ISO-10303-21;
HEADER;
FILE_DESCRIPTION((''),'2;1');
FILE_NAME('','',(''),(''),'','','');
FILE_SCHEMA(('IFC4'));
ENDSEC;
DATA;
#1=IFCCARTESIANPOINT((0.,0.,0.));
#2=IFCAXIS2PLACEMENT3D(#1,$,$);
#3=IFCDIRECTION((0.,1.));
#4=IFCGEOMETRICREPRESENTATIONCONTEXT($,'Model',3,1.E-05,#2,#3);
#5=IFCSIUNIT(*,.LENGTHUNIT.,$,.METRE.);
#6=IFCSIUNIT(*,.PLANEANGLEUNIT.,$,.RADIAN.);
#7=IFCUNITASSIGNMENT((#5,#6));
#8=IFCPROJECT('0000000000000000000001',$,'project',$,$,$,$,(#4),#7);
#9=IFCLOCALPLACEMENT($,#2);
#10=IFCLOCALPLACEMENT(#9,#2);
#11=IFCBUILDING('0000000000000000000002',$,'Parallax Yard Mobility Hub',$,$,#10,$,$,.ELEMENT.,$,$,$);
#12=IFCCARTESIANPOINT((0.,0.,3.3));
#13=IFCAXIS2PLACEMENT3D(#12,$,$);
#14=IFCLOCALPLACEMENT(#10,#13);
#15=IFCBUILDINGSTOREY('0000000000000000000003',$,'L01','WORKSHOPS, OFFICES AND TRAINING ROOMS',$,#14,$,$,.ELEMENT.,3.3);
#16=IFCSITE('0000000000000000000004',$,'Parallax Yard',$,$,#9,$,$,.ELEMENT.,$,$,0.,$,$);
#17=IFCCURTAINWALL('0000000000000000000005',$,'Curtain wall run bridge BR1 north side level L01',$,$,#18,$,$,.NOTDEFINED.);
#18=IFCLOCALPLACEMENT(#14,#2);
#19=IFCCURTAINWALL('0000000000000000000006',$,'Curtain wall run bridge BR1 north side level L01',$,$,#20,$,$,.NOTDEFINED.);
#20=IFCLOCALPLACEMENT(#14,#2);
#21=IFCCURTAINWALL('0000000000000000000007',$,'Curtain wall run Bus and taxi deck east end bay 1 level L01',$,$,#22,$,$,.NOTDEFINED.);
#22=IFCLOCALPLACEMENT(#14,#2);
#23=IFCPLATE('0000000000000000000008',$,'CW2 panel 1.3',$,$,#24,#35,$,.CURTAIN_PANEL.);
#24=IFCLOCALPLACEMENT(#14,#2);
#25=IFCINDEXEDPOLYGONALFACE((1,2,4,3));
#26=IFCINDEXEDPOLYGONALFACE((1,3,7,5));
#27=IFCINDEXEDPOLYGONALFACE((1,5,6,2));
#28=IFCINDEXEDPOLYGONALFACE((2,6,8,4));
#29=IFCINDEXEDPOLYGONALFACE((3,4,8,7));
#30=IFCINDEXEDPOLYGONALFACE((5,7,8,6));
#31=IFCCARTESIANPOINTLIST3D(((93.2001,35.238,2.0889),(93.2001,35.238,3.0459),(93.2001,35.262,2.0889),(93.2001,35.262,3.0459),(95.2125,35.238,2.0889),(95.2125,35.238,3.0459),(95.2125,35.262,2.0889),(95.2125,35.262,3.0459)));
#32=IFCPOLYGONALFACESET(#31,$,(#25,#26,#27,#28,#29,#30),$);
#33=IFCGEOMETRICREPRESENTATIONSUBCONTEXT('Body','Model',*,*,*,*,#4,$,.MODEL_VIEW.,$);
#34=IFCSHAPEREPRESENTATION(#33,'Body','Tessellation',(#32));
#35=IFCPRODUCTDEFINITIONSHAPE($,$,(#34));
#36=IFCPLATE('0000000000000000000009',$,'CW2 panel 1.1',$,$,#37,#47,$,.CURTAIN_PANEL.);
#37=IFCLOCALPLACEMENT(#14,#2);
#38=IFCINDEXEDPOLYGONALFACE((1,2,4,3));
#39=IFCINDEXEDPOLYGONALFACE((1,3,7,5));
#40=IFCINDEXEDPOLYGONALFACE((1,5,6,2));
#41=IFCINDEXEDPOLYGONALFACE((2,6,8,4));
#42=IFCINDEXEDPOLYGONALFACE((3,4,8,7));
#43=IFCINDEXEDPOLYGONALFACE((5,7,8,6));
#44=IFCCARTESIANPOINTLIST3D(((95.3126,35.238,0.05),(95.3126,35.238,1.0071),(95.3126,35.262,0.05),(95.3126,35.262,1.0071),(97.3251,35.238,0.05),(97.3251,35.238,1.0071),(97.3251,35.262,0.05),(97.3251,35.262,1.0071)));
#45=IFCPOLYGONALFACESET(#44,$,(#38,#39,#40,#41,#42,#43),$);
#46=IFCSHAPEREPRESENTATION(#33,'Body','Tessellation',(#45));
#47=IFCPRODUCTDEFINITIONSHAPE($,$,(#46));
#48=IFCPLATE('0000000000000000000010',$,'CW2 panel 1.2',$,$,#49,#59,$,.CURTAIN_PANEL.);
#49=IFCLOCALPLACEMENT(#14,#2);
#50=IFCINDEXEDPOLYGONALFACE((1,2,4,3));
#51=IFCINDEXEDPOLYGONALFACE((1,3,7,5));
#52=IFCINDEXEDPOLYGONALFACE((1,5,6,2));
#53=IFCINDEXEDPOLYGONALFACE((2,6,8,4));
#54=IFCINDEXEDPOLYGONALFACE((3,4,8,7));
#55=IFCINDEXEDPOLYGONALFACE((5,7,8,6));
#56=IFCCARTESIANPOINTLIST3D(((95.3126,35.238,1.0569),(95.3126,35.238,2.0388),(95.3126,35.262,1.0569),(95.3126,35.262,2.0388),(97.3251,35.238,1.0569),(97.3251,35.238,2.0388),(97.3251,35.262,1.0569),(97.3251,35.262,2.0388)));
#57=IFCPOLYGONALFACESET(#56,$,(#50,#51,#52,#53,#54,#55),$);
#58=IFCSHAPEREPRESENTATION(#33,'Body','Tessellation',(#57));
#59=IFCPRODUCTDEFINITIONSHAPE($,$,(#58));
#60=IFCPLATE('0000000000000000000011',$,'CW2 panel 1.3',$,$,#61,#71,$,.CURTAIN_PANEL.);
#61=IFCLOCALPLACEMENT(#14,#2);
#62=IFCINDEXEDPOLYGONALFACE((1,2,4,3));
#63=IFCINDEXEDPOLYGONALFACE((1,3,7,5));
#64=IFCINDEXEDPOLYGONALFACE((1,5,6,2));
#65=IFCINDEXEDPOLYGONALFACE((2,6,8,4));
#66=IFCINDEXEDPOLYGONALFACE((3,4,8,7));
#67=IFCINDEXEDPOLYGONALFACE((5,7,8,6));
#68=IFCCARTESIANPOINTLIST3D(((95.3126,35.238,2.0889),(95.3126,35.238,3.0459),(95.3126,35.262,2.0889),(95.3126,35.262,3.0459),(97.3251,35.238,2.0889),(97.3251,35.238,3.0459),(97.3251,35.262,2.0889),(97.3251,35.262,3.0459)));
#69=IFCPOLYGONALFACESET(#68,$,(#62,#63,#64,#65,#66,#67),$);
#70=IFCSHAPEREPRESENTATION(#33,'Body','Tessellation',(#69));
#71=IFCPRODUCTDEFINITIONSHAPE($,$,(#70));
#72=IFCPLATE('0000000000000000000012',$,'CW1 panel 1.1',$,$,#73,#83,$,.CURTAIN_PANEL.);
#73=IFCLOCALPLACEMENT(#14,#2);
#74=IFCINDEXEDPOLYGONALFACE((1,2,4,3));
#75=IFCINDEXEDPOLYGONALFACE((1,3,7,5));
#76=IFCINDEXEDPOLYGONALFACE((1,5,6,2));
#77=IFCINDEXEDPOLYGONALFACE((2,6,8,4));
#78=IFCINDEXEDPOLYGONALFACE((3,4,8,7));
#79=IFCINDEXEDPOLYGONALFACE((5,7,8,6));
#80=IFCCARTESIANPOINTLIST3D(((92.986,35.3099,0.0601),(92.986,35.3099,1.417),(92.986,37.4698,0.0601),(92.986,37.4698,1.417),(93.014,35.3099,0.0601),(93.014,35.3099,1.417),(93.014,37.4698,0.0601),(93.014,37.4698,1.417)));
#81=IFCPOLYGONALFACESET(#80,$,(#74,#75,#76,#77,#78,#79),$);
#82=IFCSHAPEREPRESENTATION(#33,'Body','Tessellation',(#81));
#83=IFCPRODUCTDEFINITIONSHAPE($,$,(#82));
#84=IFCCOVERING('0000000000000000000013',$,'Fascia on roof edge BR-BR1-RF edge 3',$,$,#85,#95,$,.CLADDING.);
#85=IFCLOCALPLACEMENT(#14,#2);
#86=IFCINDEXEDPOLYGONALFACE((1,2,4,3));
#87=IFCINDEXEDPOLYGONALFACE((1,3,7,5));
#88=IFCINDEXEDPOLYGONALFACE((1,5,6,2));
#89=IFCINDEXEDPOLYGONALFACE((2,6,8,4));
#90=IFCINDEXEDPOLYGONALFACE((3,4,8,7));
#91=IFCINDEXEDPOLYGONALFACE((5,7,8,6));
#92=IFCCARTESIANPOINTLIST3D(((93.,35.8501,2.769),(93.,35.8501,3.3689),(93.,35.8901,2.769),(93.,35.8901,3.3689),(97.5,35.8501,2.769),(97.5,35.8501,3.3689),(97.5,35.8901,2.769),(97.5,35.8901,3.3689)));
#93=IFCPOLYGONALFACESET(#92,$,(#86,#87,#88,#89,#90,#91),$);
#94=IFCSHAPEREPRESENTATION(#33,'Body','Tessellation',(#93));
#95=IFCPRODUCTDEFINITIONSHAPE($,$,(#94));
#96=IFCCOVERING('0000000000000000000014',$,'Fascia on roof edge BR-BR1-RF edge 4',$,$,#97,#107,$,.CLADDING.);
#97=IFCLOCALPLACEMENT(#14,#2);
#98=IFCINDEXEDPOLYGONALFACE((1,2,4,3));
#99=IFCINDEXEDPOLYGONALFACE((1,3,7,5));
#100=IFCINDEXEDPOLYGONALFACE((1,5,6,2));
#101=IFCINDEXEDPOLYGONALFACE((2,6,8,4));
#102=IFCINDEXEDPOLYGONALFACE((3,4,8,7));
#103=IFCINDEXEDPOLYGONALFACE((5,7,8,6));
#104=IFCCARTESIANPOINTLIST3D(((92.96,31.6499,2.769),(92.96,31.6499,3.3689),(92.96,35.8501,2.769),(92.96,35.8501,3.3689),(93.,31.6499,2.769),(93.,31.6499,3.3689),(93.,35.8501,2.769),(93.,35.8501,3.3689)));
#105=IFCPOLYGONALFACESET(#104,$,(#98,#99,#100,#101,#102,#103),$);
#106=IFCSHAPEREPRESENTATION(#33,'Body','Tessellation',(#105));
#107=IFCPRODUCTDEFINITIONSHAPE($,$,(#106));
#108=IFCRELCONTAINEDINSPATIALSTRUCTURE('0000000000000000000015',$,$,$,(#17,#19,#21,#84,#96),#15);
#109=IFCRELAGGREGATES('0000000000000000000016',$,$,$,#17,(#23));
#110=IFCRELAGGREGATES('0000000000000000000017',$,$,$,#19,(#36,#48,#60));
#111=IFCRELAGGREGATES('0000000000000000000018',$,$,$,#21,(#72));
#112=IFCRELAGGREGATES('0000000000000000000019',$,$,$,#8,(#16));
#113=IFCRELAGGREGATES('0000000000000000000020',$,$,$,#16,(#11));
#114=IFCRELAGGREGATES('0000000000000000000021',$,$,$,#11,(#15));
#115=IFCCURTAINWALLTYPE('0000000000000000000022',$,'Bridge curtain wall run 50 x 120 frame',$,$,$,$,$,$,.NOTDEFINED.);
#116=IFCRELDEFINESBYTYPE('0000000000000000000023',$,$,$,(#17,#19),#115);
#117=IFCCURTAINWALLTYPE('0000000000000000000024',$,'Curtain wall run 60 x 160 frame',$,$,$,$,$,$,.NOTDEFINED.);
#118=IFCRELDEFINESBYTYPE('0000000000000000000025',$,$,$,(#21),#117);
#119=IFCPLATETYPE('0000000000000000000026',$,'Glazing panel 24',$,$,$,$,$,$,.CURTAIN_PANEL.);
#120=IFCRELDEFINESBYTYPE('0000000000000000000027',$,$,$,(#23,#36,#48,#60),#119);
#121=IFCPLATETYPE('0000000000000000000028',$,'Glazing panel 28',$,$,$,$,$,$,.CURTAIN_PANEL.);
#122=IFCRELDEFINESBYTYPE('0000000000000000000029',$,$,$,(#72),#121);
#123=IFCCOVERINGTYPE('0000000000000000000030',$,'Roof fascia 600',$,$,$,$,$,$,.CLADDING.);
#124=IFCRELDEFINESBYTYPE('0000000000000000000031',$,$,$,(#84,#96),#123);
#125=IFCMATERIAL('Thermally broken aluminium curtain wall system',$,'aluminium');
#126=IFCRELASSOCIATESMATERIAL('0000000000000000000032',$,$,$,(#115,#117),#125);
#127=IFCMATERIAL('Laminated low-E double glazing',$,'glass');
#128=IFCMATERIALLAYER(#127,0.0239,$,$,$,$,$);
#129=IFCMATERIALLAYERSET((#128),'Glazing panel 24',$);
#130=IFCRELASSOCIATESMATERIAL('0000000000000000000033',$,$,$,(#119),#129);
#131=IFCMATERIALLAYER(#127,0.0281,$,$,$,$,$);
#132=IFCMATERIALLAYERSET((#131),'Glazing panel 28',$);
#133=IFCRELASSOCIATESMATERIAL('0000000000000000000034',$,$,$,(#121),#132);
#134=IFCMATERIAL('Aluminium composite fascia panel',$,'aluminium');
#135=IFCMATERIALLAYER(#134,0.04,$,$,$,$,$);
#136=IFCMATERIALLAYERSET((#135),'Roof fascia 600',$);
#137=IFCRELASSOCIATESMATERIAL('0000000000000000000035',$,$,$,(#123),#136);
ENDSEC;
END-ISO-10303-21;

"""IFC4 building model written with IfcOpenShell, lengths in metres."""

from ifc_helpers import new_model, si_unit, direction, frame, origin, origin_2d, place, context, subcontext, project, spatial, polyline, rectangle, outline, extrude, material, layer, layer_set, type_object, element, aggregate, save


model = new_model("IFC4")

# Units and contexts
model_context = context("Model", 3, precision=1e-05, world=origin(), true_north=direction((0.0, 1.0)))
body_context = subcontext(model_context, "Body", "Model", "MODEL_VIEW")
ifc_project = project(units=[si_unit("LENGTHUNIT", "METRE"), si_unit("PLANEANGLEUNIT", "RADIAN")], contexts=[model_context])

# Site, building, storey
site_placement = place(None, origin())
site = spatial("IfcSite", under=ifc_project, at=site_placement, Name="Parallax Yard", CompositionType="ELEMENT", RefElevation=0.0)
building_placement = place(site_placement, origin())
building = spatial("IfcBuilding", under=site, at=building_placement, Name="Parallax Yard Mobility Hub", CompositionType="ELEMENT")
storey_placement = place(building_placement, frame((0.0, 0.0, 3.3)))
storey = spatial("IfcBuildingStorey", under=building, at=storey_placement, Name="L01", Description="WORKSHOPS, OFFICES AND TRAINING ROOMS", CompositionType="ELEMENT", Elevation=3.3)

# Shared definitions
ifc_material_1 = material(Name="Thermally broken aluminium curtain wall system", Category="aluminium")
curtain_wall_type_1 = type_object("IfcCurtainWallType", Name="Bridge curtain wall run 50 x 120 frame", PredefinedType="NOTDEFINED", material=ifc_material_1)

# Curtain walls
curtain_wall_1_placement = place(storey_placement, origin())
curtain_wall_1 = element("IfcCurtainWall", 1, at=curtain_wall_1_placement, inside=storey, type_object=curtain_wall_type_1, Name="Curtain wall run bridge BR1 north side level L01", PredefinedType="NOTDEFINED")
curtain_wall_2_placement = place(storey_placement, origin())
curtain_wall_2 = element("IfcCurtainWall", 2, at=curtain_wall_2_placement, inside=storey, type_object=curtain_wall_type_1, Name="Curtain wall run bridge BR1 north side level L01", PredefinedType="NOTDEFINED")

# Curtain wall
curtain_wall_type_2 = type_object("IfcCurtainWallType", Name="Curtain wall run 60 x 160 frame", PredefinedType="NOTDEFINED", material=ifc_material_1)
curtain_wall_3_placement = place(storey_placement, origin())
curtain_wall_3 = element("IfcCurtainWall", 3, at=curtain_wall_3_placement, inside=storey, type_object=curtain_wall_type_2, Name="Curtain wall run Bus and taxi deck east end bay 1 level L01", PredefinedType="NOTDEFINED")

# Plates
ifc_material_2 = material(Name="Laminated low-E double glazing", Category="glass")
ifc_layer_1 = layer(ifc_material_2, 0.0239)
ifc_layer_set_1 = layer_set([ifc_layer_1], Name="Glazing panel 24")
plate_type_1 = type_object("IfcPlateType", Name="Glazing panel 24", PredefinedType="CURTAIN_PANEL", material=ifc_layer_set_1)
plate_1_placement = place(storey_placement, frame((94.2063, 35.25, 2.0889), z_axis=(0.0, 0.0, 1.0), x_axis=(1.0, 0.0, 0.0)))
plate_1 = element("IfcPlate", 4, at=plate_1_placement, type_object=plate_type_1, Name="CW2 panel 1.3", PredefinedType="CURTAIN_PANEL", context=body_context, shape_type="SweptSolid", body=[
    extrude(rectangle(XDim=2.0125, YDim=0.0239, at=origin_2d()), origin(), (0.0, 0.0, 1.0), 0.957),
])
aggregate(curtain_wall_1, [plate_1])
plate_2_placement = place(storey_placement, frame((96.3188, 35.25, 0.05), z_axis=(0.0, 0.0, 1.0), x_axis=(1.0, 0.0, 0.0)))
plate_2 = element("IfcPlate", 5, at=plate_2_placement, type_object=plate_type_1, Name="CW2 panel 1.1", PredefinedType="CURTAIN_PANEL", context=body_context, shape_type="SweptSolid", body=[
    extrude(rectangle(XDim=2.0125, YDim=0.0239, at=origin_2d()), origin(), (0.0, 0.0, 1.0), 0.957),
])
plate_3_placement = place(storey_placement, frame((96.3188, 35.25, 1.0569), z_axis=(0.0, 0.0, 1.0), x_axis=(1.0, 0.0, 0.0)))
plate_3 = element("IfcPlate", 6, at=plate_3_placement, type_object=plate_type_1, Name="CW2 panel 1.2", PredefinedType="CURTAIN_PANEL", context=body_context, shape_type="SweptSolid", body=[
    extrude(rectangle(XDim=2.0125, YDim=0.0239, at=origin_2d()), origin(), (0.0, 0.0, 1.0), 0.9819),
])
plate_4_placement = place(storey_placement, frame((96.3188, 35.25, 2.0889), z_axis=(0.0, 0.0, 1.0), x_axis=(1.0, 0.0, 0.0)))
plate_4 = element("IfcPlate", 7, at=plate_4_placement, type_object=plate_type_1, Name="CW2 panel 1.3", PredefinedType="CURTAIN_PANEL", context=body_context, shape_type="SweptSolid", body=[
    extrude(rectangle(XDim=2.0125, YDim=0.0239, at=origin_2d()), origin(), (0.0, 0.0, 1.0), 0.957),
])
aggregate(curtain_wall_2, [plate_2, plate_3, plate_4])
ifc_layer_2 = layer(ifc_material_2, 0.0281)
ifc_layer_set_2 = layer_set([ifc_layer_2], Name="Glazing panel 28")
plate_type_2 = type_object("IfcPlateType", Name="Glazing panel 28", PredefinedType="CURTAIN_PANEL", material=ifc_layer_set_2)
plate_5_placement = place(storey_placement, frame((93.0, 36.3899, 0.0601), z_axis=(0.0, 0.0, 1.0), x_axis=(0.0, 1.0, 0.0)))
plate_5 = element("IfcPlate", 8, at=plate_5_placement, type_object=plate_type_2, Name="CW1 panel 1.1", PredefinedType="CURTAIN_PANEL", context=body_context, shape_type="SweptSolid", body=[
    extrude(rectangle(XDim=2.1599, YDim=0.0281, at=origin_2d()), origin(), (0.0, 0.0, 1.0), 1.3569),
])
aggregate(curtain_wall_3, [plate_5])

# Coverings
ifc_material_3 = material(Name="Aluminium composite fascia panel", Category="aluminium")
ifc_layer_3 = layer(ifc_material_3, 0.04)
ifc_layer_set_3 = layer_set([ifc_layer_3], Name="Roof fascia 600")
covering_type = type_object("IfcCoveringType", Name="Roof fascia 600", PredefinedType="CLADDING", material=ifc_layer_set_3)
covering_1_placement = place(storey_placement, frame((97.5, 35.8501, 3.3689), z_axis=(0.0, -1.0, 0.0), x_axis=(-1.0, 0.0, 0.0)))
element("IfcCovering", 9, at=covering_1_placement, inside=storey, type_object=covering_type, Name="Fascia on roof edge BR-BR1-RF edge 3", PredefinedType="CLADDING", context=body_context, shape_type="SweptSolid", body=[
    extrude(outline(polyline([(0.0, 0.0), (4.5, 0.0), (4.5, 0.5999), (0.0, 0.5999), (0.0, 0.0)])), origin(), (0.0, 0.0, -1.0), 0.04),
])
covering_2_placement = place(storey_placement, frame((93.0, 35.8501, 3.3689), z_axis=(1.0, 0.0, 0.0), x_axis=(0.0, -1.0, 0.0)))
element("IfcCovering", 10, at=covering_2_placement, inside=storey, type_object=covering_type, Name="Fascia on roof edge BR-BR1-RF edge 4", PredefinedType="CLADDING", context=body_context, shape_type="SweptSolid", body=[
    extrude(outline(polyline([(0.0, 0.0), (4.2002, 0.0), (4.2002, 0.5999), (0.0, 0.5999), (0.0, 0.0)])), origin(), (0.0, 0.0, -1.0), 0.04),
])

save(model, "model.ifc")
